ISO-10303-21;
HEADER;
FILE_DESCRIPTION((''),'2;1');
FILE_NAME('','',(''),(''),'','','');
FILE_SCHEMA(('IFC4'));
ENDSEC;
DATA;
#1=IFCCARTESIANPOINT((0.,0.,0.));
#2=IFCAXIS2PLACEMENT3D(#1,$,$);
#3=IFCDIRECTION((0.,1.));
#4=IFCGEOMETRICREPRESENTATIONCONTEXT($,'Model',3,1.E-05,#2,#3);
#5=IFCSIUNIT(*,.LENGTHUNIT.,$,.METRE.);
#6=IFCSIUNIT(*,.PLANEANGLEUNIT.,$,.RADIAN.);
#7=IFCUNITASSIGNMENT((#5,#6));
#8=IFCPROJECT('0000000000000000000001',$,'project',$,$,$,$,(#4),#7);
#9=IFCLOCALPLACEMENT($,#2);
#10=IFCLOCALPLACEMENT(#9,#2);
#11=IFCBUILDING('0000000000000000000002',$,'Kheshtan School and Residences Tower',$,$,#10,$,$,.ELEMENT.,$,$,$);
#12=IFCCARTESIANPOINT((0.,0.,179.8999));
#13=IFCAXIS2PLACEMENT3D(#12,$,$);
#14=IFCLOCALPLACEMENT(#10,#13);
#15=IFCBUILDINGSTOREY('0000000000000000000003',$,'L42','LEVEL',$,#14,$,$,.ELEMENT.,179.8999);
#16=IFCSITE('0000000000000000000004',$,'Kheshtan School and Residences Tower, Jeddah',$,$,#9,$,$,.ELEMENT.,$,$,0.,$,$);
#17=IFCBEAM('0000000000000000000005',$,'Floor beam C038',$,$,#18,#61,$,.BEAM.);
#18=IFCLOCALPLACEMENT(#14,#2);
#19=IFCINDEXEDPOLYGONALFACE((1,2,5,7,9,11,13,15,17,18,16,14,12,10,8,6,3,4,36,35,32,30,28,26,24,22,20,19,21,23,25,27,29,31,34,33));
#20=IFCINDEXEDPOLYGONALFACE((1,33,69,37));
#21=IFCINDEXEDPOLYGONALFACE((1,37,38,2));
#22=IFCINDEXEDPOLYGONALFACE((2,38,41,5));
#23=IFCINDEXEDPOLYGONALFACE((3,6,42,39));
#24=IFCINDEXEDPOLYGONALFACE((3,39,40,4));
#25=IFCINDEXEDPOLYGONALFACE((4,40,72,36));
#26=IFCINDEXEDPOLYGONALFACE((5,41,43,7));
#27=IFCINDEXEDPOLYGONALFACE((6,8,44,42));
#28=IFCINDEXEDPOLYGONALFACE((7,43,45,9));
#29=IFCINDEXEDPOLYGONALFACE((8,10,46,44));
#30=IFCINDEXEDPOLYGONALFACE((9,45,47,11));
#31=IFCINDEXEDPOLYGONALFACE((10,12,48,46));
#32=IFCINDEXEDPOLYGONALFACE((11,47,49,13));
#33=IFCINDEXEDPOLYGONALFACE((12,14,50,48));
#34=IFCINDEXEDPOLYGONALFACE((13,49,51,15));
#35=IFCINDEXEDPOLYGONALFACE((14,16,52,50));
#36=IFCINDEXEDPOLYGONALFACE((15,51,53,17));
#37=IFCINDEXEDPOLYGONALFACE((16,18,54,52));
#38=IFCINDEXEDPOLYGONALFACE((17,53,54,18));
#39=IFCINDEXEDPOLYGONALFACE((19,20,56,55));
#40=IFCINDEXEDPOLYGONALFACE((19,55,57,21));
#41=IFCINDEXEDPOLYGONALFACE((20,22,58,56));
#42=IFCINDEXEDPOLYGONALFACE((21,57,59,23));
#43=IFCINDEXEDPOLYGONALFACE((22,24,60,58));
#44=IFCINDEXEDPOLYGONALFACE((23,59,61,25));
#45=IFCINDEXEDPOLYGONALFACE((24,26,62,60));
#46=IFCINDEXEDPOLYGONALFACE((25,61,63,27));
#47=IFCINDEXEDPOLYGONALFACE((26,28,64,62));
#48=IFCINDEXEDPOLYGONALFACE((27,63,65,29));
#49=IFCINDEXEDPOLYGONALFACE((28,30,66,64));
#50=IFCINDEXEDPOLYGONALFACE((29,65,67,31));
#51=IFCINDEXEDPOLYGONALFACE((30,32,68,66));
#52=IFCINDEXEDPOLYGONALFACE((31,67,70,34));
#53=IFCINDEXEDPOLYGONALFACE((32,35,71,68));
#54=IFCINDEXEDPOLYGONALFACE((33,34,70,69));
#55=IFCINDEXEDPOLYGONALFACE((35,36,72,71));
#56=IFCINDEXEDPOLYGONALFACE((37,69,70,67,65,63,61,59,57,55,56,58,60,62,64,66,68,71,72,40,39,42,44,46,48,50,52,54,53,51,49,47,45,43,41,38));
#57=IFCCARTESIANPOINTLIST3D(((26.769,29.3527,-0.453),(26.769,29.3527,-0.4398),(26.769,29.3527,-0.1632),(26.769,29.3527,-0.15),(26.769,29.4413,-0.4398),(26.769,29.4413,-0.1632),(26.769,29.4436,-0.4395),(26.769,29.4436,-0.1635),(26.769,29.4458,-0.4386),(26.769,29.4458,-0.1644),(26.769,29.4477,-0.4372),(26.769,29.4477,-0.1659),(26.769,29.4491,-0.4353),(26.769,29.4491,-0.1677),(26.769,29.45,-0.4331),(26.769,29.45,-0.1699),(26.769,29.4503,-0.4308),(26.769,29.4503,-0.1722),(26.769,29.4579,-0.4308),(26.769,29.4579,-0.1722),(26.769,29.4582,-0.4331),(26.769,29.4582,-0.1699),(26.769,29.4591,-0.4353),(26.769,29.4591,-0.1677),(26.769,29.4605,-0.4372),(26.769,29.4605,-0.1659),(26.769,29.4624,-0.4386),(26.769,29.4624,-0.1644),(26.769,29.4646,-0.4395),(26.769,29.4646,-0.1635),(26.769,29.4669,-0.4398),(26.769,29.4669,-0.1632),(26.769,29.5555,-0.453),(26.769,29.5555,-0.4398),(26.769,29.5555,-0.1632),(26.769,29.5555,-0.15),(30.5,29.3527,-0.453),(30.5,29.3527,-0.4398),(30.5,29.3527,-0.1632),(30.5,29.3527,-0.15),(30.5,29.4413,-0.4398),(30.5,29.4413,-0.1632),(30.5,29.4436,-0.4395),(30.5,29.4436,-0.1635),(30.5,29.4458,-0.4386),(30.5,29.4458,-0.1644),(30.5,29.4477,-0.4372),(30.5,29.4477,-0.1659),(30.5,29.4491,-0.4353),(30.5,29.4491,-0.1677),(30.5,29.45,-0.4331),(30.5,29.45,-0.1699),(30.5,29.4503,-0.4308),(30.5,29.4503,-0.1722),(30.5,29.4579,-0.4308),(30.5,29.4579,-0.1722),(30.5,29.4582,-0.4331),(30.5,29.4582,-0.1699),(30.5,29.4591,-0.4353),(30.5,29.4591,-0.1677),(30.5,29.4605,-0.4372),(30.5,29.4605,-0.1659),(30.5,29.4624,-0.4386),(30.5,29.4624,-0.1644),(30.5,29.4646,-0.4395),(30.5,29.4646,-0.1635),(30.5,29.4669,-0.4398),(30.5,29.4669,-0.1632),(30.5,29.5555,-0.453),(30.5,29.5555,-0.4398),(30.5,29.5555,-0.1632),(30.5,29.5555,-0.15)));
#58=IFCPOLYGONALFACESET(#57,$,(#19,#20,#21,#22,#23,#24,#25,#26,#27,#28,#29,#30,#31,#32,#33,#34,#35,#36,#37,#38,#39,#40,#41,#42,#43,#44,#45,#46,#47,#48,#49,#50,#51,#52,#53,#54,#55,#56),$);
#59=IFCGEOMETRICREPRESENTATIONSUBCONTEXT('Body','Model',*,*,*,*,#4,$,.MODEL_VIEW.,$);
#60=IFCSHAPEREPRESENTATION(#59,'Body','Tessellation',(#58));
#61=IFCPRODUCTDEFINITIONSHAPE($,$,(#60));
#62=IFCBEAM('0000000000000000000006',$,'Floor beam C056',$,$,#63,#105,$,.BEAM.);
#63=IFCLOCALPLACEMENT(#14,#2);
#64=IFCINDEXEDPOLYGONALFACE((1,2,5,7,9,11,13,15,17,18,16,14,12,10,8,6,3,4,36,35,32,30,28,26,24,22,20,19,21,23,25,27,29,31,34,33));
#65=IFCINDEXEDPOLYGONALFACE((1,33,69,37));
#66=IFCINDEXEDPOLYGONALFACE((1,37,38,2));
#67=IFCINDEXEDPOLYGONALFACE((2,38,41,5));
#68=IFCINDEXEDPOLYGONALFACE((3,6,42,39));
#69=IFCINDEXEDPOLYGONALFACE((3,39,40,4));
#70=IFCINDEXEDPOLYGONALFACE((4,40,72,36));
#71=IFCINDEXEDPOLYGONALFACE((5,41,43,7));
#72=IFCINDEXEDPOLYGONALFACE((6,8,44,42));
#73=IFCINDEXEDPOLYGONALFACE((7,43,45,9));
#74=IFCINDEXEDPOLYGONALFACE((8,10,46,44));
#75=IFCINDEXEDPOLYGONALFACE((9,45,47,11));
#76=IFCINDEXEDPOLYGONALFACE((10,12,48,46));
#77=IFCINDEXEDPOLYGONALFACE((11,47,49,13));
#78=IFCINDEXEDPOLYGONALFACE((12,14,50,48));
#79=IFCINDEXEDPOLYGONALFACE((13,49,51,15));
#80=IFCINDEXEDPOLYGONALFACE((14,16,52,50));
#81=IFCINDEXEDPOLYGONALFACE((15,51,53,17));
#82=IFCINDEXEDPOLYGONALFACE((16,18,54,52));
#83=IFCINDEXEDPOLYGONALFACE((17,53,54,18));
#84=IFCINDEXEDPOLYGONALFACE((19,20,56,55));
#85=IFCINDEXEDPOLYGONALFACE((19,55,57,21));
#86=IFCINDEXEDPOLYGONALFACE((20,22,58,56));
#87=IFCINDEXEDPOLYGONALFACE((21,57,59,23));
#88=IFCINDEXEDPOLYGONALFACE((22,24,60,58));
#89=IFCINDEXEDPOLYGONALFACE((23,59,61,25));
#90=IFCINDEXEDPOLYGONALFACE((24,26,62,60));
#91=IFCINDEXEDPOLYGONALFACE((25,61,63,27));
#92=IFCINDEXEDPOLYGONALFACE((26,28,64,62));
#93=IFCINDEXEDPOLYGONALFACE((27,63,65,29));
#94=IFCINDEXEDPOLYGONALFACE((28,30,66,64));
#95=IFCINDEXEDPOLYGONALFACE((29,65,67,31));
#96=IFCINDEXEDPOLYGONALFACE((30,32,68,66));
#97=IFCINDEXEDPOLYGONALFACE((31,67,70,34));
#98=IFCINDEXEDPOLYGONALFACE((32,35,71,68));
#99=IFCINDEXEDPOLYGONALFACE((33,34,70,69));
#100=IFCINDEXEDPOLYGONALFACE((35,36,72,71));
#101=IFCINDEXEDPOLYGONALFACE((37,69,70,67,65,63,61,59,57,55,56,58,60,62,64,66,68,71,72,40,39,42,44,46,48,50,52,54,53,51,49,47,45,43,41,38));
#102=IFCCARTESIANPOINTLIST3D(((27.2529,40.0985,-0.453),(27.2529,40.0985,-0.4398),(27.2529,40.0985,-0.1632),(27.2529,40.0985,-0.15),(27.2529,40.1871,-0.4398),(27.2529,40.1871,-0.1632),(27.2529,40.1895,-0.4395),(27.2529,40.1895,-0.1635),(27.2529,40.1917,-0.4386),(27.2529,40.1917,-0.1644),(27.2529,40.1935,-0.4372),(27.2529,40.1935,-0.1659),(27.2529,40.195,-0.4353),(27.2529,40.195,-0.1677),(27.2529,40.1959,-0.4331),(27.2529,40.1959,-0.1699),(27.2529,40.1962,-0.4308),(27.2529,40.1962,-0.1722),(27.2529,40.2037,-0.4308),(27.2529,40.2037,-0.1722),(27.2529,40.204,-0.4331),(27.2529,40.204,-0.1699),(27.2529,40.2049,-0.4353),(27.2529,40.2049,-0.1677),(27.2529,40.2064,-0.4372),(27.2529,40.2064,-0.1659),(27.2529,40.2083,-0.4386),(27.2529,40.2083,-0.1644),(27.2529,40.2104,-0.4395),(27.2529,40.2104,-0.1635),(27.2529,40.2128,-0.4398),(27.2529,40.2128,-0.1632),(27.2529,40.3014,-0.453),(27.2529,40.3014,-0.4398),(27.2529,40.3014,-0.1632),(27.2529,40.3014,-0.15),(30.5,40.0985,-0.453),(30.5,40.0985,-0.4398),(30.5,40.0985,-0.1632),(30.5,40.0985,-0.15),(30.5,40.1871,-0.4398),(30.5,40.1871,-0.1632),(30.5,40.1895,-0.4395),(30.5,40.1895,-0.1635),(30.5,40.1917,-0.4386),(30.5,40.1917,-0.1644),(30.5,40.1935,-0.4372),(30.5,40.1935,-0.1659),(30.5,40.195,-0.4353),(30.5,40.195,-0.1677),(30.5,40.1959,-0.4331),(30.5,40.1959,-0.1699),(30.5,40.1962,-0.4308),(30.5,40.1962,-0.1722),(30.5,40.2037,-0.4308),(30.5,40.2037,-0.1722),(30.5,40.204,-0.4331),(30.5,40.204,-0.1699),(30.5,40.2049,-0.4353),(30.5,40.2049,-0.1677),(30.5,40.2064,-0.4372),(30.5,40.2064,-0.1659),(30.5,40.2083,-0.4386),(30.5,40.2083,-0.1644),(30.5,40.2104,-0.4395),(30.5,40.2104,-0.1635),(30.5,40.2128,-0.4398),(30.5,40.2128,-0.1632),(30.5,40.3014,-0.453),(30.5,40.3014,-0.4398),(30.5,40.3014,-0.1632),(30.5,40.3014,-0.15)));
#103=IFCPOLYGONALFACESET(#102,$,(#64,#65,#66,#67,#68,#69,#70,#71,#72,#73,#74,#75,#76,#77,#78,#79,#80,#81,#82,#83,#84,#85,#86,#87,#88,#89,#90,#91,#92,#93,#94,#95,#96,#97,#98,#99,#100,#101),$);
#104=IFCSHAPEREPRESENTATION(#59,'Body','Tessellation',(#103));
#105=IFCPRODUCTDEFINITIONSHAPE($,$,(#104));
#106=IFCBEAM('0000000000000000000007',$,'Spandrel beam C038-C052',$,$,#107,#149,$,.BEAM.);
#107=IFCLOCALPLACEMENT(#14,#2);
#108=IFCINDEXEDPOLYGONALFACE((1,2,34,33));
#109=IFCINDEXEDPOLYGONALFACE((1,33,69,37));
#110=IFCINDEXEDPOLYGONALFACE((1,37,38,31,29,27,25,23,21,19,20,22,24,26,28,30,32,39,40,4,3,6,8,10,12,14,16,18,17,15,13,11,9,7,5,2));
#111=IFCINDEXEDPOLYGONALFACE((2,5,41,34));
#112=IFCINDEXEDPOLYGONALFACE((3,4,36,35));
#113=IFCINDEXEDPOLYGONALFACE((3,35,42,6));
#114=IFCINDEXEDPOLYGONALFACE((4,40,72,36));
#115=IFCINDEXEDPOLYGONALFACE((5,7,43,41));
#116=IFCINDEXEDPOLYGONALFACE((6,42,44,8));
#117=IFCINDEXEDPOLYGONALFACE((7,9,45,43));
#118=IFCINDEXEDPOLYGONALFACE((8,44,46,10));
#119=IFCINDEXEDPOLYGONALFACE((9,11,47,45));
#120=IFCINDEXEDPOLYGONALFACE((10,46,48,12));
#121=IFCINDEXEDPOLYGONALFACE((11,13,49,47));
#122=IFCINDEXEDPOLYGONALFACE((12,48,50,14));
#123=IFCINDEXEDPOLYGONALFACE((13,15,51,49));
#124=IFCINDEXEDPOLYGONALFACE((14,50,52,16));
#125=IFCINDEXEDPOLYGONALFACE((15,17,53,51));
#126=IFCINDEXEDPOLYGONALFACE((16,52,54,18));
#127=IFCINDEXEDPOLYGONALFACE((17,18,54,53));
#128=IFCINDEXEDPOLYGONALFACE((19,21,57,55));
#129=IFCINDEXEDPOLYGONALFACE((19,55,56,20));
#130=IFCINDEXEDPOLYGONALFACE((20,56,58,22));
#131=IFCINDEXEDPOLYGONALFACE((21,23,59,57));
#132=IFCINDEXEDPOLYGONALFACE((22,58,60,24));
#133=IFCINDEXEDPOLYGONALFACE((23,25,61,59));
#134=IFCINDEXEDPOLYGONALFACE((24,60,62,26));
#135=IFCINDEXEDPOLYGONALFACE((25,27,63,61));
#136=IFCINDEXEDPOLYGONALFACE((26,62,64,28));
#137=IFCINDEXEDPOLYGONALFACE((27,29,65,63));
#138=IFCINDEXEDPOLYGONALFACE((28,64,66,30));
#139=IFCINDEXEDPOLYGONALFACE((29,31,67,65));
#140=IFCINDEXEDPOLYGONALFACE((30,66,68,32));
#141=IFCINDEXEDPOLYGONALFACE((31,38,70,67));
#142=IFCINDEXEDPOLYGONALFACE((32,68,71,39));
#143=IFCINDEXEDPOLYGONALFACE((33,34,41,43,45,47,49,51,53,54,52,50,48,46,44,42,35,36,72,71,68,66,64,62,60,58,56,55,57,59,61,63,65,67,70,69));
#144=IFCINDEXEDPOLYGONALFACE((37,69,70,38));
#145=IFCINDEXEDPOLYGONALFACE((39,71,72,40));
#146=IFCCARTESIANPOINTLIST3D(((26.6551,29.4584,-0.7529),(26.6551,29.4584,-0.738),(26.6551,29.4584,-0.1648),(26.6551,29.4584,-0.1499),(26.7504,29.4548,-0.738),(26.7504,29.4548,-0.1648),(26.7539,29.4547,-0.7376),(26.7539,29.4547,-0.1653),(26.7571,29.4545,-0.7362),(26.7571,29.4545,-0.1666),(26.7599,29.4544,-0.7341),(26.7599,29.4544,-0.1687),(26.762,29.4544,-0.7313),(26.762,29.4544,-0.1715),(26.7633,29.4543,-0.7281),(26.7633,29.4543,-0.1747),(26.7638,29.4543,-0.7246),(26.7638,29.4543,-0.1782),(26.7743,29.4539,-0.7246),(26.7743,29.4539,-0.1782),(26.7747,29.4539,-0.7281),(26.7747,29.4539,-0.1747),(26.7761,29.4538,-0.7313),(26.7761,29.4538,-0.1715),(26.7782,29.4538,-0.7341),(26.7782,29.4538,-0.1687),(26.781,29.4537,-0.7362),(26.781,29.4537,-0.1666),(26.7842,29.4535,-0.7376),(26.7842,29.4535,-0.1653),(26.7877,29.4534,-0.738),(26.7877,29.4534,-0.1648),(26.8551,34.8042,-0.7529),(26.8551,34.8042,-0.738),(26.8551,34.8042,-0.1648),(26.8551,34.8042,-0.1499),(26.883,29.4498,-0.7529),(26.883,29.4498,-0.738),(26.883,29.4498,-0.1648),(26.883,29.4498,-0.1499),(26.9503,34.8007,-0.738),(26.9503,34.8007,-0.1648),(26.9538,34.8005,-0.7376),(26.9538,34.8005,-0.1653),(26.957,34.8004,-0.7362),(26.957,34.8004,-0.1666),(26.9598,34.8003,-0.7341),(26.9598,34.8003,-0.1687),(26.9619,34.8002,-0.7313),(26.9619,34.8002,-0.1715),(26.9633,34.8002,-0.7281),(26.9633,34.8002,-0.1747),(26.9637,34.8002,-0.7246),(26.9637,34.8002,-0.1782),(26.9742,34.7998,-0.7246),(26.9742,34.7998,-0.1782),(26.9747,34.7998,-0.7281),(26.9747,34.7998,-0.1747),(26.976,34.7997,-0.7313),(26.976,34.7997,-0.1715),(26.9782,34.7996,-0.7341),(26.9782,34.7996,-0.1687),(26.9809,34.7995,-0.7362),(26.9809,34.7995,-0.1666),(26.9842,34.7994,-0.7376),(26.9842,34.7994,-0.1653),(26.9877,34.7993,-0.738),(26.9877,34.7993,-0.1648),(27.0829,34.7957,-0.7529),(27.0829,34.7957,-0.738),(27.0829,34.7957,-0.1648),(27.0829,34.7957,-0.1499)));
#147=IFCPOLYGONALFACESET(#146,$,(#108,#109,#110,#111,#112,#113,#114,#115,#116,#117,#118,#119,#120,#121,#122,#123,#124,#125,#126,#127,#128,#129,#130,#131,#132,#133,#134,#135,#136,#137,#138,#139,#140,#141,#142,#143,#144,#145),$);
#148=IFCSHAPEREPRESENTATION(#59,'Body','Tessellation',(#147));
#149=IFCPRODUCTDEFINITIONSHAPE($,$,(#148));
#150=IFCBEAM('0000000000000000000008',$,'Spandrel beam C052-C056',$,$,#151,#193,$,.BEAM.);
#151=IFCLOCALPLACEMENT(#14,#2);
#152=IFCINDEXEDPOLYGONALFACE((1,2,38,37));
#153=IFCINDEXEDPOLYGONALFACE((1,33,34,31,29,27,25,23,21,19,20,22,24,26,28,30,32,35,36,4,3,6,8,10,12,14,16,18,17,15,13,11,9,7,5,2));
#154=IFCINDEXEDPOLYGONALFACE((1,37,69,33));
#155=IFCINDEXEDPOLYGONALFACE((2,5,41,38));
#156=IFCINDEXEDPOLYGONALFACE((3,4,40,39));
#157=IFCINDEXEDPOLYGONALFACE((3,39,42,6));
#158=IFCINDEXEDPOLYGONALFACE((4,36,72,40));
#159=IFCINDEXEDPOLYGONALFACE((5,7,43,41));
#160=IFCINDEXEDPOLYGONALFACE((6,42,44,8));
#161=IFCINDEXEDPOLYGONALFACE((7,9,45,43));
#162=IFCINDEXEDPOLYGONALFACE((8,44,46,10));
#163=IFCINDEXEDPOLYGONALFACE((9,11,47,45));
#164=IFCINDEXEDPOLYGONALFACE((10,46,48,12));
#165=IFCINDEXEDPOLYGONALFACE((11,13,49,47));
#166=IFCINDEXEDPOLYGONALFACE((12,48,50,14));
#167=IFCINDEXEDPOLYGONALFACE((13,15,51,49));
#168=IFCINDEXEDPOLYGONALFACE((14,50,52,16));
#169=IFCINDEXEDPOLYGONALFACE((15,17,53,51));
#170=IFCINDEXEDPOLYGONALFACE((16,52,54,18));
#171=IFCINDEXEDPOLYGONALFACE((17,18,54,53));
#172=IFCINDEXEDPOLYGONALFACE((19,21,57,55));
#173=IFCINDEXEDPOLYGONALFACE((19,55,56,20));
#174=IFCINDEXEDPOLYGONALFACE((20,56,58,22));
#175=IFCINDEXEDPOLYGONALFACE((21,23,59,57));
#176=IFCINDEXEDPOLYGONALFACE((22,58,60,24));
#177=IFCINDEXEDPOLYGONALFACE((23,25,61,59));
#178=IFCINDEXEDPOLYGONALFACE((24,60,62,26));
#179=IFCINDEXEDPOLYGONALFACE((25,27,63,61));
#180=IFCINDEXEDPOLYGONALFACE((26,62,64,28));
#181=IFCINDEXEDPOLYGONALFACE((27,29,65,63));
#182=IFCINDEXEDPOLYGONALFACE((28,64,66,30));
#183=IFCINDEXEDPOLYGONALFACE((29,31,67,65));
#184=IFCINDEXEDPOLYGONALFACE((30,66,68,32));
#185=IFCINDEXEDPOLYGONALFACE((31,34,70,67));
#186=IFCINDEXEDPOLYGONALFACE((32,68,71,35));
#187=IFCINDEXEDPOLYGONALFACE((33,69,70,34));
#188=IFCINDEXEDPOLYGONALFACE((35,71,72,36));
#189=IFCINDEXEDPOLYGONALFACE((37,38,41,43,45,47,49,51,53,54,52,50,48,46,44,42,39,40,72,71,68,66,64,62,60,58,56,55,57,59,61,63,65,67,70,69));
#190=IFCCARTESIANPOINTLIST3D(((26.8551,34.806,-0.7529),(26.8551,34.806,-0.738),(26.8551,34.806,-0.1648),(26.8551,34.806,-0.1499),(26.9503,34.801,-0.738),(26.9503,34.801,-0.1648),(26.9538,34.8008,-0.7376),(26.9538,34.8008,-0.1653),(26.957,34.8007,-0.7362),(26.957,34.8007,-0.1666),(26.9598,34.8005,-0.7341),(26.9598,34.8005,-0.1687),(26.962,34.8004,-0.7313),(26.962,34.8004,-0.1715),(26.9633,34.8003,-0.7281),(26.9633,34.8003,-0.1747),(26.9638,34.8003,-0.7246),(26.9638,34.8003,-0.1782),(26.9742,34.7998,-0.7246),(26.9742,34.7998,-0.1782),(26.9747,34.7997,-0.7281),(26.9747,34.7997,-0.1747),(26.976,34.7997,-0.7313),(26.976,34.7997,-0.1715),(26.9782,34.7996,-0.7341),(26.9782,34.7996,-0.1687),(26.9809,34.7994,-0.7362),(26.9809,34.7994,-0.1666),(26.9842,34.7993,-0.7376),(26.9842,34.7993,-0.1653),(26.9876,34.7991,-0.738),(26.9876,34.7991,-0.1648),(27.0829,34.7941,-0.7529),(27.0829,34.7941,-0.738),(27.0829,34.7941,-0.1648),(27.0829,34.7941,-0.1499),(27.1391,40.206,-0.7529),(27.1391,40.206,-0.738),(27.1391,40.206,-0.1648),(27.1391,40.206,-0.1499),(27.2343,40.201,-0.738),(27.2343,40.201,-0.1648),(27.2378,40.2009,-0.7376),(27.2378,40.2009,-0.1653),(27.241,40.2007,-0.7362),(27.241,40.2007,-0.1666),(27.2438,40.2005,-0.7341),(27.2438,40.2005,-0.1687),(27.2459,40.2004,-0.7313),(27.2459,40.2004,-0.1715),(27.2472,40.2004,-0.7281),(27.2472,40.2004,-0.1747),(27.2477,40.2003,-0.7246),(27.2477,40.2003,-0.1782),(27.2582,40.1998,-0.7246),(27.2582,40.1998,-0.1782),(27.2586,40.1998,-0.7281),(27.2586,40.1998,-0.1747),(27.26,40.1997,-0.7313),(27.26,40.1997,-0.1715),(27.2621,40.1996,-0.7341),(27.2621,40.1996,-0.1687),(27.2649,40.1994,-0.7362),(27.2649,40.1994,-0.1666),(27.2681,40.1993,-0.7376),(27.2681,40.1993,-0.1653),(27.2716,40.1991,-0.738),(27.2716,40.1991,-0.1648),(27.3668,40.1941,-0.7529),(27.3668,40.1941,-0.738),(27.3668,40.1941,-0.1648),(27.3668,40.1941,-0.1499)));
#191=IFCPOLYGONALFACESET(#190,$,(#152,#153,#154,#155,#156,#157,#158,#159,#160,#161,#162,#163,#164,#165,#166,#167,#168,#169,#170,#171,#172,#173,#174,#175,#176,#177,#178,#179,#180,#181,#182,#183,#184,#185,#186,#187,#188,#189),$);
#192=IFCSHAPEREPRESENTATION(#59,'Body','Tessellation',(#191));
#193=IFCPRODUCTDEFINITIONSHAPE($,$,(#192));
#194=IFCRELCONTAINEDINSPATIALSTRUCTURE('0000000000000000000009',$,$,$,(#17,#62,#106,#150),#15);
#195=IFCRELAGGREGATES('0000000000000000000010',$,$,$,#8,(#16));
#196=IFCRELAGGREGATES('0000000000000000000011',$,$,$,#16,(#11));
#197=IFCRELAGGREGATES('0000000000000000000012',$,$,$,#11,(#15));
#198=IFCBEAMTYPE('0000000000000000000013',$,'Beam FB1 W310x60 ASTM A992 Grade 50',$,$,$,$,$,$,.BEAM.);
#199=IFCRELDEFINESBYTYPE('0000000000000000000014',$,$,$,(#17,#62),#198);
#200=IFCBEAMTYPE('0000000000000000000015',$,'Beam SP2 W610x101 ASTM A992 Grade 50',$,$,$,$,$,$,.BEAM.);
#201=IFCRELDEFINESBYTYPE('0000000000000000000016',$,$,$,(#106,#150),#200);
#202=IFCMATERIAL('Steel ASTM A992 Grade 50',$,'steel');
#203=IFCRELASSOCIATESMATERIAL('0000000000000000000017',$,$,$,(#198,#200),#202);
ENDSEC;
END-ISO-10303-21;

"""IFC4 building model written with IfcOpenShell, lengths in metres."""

from ifc_helpers import new_model, si_unit, direction, frame, origin, origin_2d, place, context, subcontext, project, spatial, i_section, extrude, material, material_profile, profile_set, type_object, element, save


model = new_model("IFC4")

# Units and contexts
model_context = context("Model", 3, precision=1e-05, world=origin(), true_north=direction((0.0, 1.0)))
body_context = subcontext(model_context, "Body", "Model", "MODEL_VIEW")
ifc_project = project(units=[si_unit("LENGTHUNIT", "METRE"), si_unit("PLANEANGLEUNIT", "RADIAN")], contexts=[model_context])

# Site, building, storey
site_placement = place(None, origin())
site = spatial("IfcSite", under=ifc_project, at=site_placement, Name="Kheshtan School and Residences Tower, Jeddah", CompositionType="ELEMENT", RefElevation=0.0)
building_placement = place(site_placement, origin())
building = spatial("IfcBuilding", under=site, at=building_placement, Name="Kheshtan School and Residences Tower", CompositionType="ELEMENT")
storey_placement = place(building_placement, frame((0.0, 0.0, 179.8999)))
storey = spatial("IfcBuildingStorey", under=building, at=storey_placement, Name="L42", Description="LEVEL", CompositionType="ELEMENT", Elevation=179.8999)

# Shared definitions
ifc_material_1 = material(Name="Steel ASTM A992 Grade 50", Category="steel")

# Beams
ifc_material_profile_1 = material_profile(ifc_material_1, i_section(OverallWidth=0.2029, OverallDepth=0.303, WebThickness=0.0076, FlangeThickness=0.0132, FilletRadius=0.009, at=origin_2d()), Name="W310x60")
ifc_profile_set_1 = profile_set([ifc_material_profile_1], Name="Steel ASTM A992 Grade 50")
beam_type_1 = type_object("IfcBeamType", Name="Beam FB1 W310x60 ASTM A992 Grade 50", PredefinedType="BEAM", material=ifc_profile_set_1)
beam_1_placement = place(storey_placement, frame((26.769, 29.4541, -0.3015), z_axis=(1.0, 0.0, 0.0), x_axis=(0.0, 1.0, 0.0)))
element("IfcBeam", 1, at=beam_1_placement, inside=storey, type_object=beam_type_1, Name="Floor beam C038", PredefinedType="BEAM", context=body_context, shape_type="SweptSolid", body=[
    extrude(i_section(OverallWidth=0.2029, OverallDepth=0.303, WebThickness=0.0076, FlangeThickness=0.0132, FilletRadius=0.009, at=origin_2d()), origin(), (0.0, 0.0, 1.0), 3.731),
])
beam_2_placement = place(storey_placement, frame((27.2529, 40.2, -0.3015), z_axis=(1.0, 0.0, 0.0), x_axis=(0.0, 1.0, 0.0)))
element("IfcBeam", 2, at=beam_2_placement, inside=storey, type_object=beam_type_1, Name="Floor beam C056", PredefinedType="BEAM", context=body_context, shape_type="SweptSolid", body=[
    extrude(i_section(OverallWidth=0.2029, OverallDepth=0.303, WebThickness=0.0076, FlangeThickness=0.0132, FilletRadius=0.009, at=origin_2d()), origin(), (0.0, 0.0, 1.0), 3.2471),
])
ifc_material_profile_2 = material_profile(ifc_material_1, i_section(OverallWidth=0.228, OverallDepth=0.603, WebThickness=0.0105, FlangeThickness=0.0149, FilletRadius=0.0134, at=origin_2d()), Name="W610x101")
ifc_profile_set_2 = profile_set([ifc_material_profile_2], Name="Steel ASTM A992 Grade 50")
beam_type_2 = type_object("IfcBeamType", Name="Beam SP2 W610x101 ASTM A992 Grade 50", PredefinedType="BEAM", material=ifc_profile_set_2)
beam_3_placement = place(storey_placement, frame((26.769, 29.4541, -0.4514), z_axis=(0.037376, 0.999301, 0.0), x_axis=(-0.999301, 0.037376, 0.0)))
element("IfcBeam", 3, at=beam_3_placement, inside=storey, type_object=beam_type_2, Name="Spandrel beam C038-C052", PredefinedType="BEAM", context=body_context, shape_type="SweptSolid", body=[
    extrude(i_section(OverallWidth=0.228, OverallDepth=0.603, WebThickness=0.0105, FlangeThickness=0.0149, FilletRadius=0.0134, at=origin_2d()), origin(), (0.0, 0.0, 1.0), 5.3496),
])
beam_4_placement = place(storey_placement, frame((26.969, 34.8, -0.4514), z_axis=(0.052509, 0.99862, 0.0), x_axis=(-0.99862, 0.052509, 0.0)))
element("IfcBeam", 4, at=beam_4_placement, inside=storey, type_object=beam_type_2, Name="Spandrel beam C052-C056", PredefinedType="BEAM", context=body_context, shape_type="SweptSolid", body=[
    extrude(i_section(OverallWidth=0.228, OverallDepth=0.603, WebThickness=0.0105, FlangeThickness=0.0149, FilletRadius=0.0134, at=origin_2d()), origin(), (0.0, 0.0, 1.0), 5.4075),
])

save(model, "model.ifc")
